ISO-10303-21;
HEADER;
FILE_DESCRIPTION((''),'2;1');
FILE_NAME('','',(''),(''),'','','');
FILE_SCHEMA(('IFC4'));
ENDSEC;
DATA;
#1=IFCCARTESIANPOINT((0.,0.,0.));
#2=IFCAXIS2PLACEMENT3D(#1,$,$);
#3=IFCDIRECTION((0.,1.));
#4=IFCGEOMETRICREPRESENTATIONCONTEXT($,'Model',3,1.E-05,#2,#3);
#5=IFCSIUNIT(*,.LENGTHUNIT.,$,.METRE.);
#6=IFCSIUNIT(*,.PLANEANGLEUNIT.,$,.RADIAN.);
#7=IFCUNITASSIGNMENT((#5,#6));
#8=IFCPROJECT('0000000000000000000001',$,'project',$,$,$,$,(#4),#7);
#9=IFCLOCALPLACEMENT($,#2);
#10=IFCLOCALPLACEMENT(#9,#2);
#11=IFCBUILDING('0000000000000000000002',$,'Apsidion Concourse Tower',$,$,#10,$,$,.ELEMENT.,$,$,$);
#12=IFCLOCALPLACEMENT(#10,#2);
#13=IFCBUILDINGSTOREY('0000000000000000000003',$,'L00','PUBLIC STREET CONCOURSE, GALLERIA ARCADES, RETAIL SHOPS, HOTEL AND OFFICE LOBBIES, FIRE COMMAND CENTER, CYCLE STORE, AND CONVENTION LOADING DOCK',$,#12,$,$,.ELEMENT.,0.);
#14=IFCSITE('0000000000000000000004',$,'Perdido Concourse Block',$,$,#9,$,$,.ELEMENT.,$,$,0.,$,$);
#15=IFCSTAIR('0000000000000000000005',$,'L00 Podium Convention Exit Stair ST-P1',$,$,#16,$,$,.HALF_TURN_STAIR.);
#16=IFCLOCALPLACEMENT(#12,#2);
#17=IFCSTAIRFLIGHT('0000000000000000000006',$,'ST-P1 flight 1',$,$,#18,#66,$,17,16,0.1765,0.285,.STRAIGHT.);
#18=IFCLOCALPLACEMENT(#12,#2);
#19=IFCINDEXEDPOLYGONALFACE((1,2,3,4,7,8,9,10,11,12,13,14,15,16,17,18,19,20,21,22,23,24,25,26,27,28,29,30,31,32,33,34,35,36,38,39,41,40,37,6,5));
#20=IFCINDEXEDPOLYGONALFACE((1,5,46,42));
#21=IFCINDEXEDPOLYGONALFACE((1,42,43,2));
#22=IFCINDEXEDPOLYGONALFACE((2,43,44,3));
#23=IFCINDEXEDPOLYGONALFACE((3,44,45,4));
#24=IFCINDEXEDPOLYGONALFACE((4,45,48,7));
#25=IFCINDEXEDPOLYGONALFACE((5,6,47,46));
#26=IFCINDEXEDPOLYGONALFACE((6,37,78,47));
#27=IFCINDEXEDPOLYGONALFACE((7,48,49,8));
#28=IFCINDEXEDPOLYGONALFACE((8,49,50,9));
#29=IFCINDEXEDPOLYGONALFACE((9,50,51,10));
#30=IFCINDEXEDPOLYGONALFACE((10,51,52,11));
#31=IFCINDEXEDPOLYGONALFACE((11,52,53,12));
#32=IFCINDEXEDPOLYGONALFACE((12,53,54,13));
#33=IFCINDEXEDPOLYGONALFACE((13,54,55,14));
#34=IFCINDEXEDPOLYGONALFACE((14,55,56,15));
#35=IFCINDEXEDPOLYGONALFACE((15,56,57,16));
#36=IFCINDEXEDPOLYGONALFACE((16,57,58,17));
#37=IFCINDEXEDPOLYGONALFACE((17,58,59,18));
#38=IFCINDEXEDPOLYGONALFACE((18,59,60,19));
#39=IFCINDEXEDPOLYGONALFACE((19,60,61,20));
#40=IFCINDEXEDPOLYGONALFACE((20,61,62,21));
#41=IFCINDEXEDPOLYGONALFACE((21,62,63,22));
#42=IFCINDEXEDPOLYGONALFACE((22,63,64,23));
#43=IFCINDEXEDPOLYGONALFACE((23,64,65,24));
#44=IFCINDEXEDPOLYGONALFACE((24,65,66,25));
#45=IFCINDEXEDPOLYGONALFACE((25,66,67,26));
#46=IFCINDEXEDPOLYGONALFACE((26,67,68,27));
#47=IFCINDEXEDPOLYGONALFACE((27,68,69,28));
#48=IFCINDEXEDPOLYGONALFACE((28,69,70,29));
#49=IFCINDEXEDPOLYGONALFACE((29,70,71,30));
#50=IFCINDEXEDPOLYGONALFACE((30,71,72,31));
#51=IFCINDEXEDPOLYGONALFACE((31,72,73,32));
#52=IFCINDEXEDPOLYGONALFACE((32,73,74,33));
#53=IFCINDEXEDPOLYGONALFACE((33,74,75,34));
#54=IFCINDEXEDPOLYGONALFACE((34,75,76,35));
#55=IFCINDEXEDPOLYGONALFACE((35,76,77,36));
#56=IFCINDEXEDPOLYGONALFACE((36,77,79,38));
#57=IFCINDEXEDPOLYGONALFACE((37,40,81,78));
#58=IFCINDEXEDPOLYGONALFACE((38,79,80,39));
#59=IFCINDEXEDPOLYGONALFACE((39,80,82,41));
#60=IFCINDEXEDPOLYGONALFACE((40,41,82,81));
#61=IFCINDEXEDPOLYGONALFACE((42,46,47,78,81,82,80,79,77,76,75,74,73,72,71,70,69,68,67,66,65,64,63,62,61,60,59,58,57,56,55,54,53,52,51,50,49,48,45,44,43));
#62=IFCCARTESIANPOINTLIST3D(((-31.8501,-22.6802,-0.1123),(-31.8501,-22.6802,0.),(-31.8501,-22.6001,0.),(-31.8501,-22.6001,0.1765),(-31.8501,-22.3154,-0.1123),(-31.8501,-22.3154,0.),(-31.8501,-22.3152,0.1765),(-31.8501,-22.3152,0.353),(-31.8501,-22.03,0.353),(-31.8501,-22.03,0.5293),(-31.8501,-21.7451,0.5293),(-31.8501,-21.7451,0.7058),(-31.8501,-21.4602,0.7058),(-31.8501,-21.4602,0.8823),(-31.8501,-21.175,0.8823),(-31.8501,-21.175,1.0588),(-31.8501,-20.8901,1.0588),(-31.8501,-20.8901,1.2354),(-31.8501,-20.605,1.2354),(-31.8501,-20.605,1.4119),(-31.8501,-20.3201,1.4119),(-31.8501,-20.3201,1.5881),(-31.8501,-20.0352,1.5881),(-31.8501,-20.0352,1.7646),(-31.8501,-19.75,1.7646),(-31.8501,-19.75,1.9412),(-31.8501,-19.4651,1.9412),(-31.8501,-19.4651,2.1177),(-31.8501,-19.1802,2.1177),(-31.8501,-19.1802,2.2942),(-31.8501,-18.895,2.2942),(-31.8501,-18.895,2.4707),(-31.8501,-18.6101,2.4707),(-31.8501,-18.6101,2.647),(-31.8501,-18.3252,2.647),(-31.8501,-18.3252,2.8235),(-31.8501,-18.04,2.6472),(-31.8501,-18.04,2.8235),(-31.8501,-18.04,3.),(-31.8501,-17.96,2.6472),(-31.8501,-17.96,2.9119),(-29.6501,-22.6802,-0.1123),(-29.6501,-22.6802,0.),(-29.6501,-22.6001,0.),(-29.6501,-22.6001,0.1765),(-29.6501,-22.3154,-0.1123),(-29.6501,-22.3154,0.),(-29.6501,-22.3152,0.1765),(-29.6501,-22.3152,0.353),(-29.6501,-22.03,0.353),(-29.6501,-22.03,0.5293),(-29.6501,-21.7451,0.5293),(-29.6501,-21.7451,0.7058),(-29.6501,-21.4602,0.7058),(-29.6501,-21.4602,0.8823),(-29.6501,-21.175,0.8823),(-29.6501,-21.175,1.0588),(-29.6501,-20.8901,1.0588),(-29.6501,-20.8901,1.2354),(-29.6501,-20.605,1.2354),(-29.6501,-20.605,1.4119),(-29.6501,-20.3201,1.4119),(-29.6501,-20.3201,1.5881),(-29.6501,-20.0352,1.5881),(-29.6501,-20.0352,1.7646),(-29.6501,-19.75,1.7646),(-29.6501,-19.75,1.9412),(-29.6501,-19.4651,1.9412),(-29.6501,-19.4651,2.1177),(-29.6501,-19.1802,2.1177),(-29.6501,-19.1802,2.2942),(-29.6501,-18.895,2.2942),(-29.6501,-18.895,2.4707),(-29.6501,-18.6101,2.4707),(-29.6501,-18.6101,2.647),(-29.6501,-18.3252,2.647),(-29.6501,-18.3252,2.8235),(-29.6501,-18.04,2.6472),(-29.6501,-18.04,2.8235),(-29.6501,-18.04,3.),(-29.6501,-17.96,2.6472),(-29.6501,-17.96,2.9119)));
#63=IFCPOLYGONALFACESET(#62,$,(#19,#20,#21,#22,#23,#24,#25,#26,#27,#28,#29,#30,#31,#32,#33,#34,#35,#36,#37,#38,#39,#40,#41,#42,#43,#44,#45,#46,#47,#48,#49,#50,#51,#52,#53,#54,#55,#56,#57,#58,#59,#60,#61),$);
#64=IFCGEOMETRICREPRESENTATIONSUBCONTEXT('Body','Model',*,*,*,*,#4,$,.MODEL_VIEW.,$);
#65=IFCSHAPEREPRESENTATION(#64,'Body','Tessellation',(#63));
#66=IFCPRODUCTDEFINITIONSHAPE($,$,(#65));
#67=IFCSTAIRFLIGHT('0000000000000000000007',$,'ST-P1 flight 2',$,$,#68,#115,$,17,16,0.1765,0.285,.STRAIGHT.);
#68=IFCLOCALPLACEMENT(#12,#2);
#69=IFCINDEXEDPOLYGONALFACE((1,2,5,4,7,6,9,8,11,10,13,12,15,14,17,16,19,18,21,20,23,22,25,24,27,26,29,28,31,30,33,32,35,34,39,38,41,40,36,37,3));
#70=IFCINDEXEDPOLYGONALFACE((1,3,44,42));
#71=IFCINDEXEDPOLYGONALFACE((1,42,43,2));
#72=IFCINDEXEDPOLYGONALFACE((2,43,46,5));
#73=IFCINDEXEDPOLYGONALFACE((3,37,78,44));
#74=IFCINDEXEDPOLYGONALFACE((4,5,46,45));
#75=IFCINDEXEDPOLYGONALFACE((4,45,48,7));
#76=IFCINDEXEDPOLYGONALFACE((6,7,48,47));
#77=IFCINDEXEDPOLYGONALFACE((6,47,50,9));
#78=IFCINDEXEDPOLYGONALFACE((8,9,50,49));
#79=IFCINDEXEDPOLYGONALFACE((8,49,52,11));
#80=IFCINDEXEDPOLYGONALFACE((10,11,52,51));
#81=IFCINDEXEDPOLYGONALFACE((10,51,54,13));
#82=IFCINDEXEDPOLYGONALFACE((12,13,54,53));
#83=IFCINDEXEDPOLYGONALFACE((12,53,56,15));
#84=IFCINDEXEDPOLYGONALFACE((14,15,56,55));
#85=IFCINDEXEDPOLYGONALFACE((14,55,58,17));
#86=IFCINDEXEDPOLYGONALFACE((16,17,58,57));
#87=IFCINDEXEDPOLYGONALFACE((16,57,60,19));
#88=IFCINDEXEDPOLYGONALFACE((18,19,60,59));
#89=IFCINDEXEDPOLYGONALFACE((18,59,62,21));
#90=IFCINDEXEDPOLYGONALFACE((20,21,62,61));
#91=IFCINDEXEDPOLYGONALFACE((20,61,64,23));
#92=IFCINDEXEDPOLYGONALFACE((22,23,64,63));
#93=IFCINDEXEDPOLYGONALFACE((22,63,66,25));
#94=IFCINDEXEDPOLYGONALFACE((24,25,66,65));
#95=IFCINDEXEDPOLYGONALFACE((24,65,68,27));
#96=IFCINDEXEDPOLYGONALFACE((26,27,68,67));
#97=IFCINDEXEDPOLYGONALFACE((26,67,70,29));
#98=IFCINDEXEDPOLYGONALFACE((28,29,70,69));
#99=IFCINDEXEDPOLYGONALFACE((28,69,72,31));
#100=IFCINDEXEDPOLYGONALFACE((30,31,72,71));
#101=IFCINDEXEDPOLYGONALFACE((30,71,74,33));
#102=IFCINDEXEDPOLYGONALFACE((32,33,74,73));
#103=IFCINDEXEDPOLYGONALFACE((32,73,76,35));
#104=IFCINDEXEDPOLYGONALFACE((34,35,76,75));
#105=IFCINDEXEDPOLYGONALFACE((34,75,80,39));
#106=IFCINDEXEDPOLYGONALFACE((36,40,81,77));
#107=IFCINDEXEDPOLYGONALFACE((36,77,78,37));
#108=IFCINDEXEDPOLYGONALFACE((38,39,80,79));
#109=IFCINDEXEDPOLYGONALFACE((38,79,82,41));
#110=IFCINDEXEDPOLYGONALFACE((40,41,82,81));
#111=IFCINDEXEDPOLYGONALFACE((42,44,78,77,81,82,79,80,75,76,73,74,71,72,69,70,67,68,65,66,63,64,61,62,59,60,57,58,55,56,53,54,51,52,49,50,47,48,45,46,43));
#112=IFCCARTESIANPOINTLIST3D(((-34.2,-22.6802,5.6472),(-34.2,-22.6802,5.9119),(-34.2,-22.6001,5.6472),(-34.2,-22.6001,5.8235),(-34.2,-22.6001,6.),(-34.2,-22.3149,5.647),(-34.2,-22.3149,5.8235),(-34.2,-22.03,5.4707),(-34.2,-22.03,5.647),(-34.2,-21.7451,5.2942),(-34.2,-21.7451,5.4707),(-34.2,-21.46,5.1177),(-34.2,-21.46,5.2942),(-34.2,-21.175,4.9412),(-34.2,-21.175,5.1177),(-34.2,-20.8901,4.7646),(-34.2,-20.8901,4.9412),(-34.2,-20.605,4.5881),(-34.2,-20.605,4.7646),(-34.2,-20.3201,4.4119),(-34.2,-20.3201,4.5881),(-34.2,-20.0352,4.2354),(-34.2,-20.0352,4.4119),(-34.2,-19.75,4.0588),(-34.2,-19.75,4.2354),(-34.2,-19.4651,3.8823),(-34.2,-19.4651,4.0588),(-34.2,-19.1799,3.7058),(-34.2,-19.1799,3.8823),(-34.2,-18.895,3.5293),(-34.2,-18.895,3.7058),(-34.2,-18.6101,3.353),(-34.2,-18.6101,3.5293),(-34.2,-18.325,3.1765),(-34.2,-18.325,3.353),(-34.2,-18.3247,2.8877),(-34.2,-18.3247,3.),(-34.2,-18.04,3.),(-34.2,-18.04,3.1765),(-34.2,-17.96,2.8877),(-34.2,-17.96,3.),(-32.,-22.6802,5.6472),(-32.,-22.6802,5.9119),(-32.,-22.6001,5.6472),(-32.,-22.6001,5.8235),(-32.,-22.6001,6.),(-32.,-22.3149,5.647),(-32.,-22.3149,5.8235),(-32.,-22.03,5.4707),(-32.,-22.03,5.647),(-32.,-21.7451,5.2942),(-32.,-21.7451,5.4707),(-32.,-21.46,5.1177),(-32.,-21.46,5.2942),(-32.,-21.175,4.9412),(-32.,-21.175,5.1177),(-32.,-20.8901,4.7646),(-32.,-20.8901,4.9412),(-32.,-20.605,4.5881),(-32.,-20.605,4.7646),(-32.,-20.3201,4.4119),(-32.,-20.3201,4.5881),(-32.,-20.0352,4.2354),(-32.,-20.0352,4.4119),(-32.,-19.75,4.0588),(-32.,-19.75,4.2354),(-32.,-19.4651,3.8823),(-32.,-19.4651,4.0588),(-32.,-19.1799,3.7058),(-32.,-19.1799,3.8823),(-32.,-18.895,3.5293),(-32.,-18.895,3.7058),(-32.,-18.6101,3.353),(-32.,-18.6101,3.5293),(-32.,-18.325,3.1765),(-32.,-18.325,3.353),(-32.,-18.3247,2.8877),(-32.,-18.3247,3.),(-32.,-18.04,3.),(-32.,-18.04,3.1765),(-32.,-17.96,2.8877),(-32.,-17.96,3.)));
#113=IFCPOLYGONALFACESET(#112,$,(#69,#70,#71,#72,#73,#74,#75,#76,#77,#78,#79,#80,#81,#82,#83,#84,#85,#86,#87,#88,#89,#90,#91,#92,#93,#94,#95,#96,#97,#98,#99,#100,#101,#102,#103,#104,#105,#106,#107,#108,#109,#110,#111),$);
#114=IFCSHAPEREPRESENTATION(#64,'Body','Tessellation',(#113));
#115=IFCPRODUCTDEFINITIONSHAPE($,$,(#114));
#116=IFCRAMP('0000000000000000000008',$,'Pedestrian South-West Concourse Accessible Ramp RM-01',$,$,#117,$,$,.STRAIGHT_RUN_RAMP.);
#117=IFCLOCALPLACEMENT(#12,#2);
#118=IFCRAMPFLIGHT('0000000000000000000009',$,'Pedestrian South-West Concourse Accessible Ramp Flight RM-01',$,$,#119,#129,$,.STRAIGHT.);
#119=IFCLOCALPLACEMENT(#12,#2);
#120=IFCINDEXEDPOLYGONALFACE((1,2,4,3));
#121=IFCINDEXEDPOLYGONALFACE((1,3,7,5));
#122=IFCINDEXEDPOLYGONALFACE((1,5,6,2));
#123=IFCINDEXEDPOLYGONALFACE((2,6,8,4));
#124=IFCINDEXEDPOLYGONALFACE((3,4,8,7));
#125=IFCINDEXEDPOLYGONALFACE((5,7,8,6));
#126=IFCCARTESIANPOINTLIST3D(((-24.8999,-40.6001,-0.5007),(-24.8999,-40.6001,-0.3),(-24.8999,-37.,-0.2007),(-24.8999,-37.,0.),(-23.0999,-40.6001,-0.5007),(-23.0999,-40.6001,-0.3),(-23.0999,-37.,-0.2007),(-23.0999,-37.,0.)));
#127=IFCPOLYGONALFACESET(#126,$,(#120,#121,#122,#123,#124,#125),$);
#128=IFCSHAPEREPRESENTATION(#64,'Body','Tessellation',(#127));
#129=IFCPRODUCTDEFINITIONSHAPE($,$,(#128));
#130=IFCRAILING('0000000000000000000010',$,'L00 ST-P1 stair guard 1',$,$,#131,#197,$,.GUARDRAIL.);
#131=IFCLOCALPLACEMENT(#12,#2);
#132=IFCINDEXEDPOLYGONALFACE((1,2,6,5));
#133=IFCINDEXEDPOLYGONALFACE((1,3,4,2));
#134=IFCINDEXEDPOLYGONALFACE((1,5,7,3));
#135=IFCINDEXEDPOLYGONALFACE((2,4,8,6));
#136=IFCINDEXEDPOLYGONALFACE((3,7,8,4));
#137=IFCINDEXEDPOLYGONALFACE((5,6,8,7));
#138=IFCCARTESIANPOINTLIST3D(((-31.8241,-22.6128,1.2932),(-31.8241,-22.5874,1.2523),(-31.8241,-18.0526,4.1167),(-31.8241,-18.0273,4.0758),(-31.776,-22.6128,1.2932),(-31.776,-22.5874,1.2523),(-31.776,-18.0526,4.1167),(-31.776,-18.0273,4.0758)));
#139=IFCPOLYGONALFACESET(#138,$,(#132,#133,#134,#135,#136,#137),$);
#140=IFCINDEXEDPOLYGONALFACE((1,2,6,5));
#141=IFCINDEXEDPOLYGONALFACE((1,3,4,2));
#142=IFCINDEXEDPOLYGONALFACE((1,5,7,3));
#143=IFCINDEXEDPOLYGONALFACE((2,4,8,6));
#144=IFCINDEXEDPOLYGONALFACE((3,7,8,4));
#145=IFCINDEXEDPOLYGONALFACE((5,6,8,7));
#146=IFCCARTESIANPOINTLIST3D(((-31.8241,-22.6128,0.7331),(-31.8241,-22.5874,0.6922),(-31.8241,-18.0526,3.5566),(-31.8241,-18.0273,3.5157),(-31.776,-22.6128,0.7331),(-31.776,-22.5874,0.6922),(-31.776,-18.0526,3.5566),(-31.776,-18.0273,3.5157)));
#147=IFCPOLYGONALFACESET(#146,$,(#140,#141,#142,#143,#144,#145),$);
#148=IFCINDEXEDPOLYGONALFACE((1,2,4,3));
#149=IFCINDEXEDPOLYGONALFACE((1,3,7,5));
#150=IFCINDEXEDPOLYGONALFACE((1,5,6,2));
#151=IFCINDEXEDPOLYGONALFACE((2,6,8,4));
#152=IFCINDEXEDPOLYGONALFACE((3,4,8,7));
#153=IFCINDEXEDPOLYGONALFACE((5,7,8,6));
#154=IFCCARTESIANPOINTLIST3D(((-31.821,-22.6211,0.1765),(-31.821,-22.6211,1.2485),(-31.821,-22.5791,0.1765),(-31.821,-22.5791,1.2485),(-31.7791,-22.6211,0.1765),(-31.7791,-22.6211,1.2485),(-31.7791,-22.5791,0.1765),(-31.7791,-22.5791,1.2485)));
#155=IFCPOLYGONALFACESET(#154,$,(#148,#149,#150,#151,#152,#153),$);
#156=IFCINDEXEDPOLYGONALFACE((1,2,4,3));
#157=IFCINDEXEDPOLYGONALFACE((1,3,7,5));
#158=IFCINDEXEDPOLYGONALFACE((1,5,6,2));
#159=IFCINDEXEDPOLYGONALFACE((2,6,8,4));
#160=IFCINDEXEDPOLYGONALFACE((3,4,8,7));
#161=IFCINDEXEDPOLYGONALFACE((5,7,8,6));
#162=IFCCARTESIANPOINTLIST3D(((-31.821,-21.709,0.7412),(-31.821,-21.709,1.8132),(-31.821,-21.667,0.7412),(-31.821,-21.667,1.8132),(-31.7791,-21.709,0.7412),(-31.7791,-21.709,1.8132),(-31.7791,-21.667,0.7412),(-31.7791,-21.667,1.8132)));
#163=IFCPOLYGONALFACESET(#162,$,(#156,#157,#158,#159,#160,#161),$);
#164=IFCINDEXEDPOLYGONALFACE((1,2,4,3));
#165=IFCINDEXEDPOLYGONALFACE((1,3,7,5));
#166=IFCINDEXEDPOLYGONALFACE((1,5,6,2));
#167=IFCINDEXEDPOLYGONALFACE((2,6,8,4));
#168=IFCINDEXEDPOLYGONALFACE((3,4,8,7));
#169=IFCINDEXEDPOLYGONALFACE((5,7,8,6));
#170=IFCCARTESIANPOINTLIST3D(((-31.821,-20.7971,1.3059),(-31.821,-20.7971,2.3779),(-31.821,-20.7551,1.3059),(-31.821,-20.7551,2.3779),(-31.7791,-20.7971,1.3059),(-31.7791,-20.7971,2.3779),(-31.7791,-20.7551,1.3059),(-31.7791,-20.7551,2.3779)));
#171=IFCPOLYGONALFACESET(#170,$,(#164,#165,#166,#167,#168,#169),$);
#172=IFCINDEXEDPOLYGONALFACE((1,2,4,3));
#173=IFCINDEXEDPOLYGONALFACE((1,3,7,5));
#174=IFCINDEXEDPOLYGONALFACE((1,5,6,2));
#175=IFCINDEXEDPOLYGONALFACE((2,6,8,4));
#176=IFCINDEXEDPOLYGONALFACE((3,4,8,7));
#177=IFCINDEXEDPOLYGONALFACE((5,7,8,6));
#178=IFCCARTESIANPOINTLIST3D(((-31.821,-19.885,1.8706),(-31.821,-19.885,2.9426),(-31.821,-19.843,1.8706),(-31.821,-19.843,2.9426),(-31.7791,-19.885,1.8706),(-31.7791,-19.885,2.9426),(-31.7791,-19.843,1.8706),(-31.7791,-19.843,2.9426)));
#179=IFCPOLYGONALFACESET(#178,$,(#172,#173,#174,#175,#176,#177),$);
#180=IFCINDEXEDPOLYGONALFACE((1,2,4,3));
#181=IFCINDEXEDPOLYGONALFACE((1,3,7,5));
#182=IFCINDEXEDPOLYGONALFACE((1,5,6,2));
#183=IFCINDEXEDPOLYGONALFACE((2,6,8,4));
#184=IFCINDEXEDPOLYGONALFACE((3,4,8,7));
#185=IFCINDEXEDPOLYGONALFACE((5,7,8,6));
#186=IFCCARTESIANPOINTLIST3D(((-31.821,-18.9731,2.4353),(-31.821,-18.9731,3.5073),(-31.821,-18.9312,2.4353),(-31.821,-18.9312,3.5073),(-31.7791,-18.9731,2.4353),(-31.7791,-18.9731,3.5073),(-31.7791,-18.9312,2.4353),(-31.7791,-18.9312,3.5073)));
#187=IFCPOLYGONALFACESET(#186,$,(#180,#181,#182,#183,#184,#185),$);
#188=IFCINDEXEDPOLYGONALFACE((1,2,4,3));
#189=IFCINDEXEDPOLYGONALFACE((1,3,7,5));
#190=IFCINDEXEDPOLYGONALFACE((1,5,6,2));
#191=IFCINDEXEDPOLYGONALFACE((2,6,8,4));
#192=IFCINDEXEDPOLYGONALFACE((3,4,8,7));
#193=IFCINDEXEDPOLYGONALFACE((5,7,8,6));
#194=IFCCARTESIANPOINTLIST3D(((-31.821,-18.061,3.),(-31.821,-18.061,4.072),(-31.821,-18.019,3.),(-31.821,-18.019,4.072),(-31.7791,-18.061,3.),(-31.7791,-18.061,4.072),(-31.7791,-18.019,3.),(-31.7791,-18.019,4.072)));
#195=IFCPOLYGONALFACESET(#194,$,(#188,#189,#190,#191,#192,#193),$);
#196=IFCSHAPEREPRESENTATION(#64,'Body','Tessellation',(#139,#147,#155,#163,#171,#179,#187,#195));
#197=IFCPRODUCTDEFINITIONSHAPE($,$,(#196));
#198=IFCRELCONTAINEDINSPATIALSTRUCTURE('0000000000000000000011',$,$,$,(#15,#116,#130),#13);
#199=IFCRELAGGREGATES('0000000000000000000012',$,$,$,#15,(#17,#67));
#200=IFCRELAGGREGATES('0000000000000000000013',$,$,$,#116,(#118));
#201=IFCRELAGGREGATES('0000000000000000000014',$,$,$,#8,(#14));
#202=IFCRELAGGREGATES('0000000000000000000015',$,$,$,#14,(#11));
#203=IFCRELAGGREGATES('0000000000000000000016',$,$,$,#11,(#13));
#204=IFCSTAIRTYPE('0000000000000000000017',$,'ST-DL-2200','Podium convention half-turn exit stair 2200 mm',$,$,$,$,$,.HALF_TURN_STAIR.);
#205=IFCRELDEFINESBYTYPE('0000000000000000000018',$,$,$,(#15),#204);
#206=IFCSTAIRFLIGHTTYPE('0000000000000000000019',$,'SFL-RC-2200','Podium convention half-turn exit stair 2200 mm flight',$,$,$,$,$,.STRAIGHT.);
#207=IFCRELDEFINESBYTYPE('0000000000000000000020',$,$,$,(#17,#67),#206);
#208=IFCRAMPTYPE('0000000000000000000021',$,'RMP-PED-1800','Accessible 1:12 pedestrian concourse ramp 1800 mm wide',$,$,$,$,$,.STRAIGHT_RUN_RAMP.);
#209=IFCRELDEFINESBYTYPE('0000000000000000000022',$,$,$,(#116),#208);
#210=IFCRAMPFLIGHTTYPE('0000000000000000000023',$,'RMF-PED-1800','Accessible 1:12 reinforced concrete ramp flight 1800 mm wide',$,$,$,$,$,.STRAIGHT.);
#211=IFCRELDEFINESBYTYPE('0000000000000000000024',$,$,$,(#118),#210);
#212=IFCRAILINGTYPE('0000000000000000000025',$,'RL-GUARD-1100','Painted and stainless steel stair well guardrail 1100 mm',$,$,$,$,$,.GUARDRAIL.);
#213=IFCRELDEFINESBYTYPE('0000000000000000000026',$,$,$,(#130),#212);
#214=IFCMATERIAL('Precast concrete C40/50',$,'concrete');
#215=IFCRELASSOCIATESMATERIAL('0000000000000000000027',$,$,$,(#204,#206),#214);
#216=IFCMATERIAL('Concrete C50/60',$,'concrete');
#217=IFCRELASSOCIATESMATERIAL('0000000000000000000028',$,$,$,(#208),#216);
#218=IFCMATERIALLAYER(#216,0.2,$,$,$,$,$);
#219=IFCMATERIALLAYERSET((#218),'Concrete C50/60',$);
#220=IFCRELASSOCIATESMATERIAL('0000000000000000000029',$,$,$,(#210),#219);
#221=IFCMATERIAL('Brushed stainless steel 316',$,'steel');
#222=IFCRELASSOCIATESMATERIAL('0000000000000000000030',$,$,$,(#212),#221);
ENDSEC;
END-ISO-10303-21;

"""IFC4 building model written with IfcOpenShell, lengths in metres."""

from ifc_helpers import new_model, si_unit, direction, frame, origin, origin_2d, place, context, subcontext, project, spatial, polyline, rectangle, outline, extrude, material, layer, layer_set, type_object, element, aggregate, save


model = new_model("IFC4")

# Units and contexts
model_context = context("Model", 3, precision=1e-05, world=origin(), true_north=direction((0.0, 1.0)))
body_context = subcontext(model_context, "Body", "Model", "MODEL_VIEW")
ifc_project = project(units=[si_unit("LENGTHUNIT", "METRE"), si_unit("PLANEANGLEUNIT", "RADIAN")], contexts=[model_context])

# Site, building, storey
site_placement = place(None, origin())
site = spatial("IfcSite", under=ifc_project, at=site_placement, Name="Perdido Concourse Block", CompositionType="ELEMENT", RefElevation=0.0)
building_placement = place(site_placement, origin())
building = spatial("IfcBuilding", under=site, at=building_placement, Name="Apsidion Concourse Tower", CompositionType="ELEMENT")
storey_placement = place(building_placement, origin())
storey = spatial("IfcBuildingStorey", under=building, at=storey_placement, Name="L00", Description="PUBLIC STREET CONCOURSE, GALLERIA ARCADES, RETAIL SHOPS, HOTEL AND OFFICE LOBBIES, FIRE COMMAND CENTER, CYCLE STORE, AND CONVENTION LOADING DOCK", CompositionType="ELEMENT", Elevation=0.0)

# Shared definitions
ifc_material_1 = material(Name="Precast concrete C40/50", Category="concrete")

# Shared definitions
ifc_material_2 = material(Name="Brushed stainless steel 316", Category="steel")

# Shared definitions
ifc_material_3 = material(Name="Concrete C50/60", Category="concrete")

# Stair, stair flights
stair_type = type_object("IfcStairType", Name="ST-DL-2200", Description="Podium convention half-turn exit stair 2200 mm", PredefinedType="HALF_TURN_STAIR", material=ifc_material_1)
stair_placement = place(storey_placement, origin())
stair = element("IfcStair", 1, at=stair_placement, inside=storey, type_object=stair_type, Name="L00 Podium Convention Exit Stair ST-P1", PredefinedType="HALF_TURN_STAIR")
stair_flight_type = type_object("IfcStairFlightType", Name="SFL-RC-2200", Description="Podium convention half-turn exit stair 2200 mm flight", PredefinedType="STRAIGHT", material=ifc_material_1)
stair_flight_1_placement = place(storey_placement, frame((-30.75, -22.6001, 0.0), z_axis=(0.0, 0.0, 1.0), x_axis=(0.0, 1.0, 0.0)))
stair_flight_1 = element("IfcStairFlight", 2, at=stair_flight_1_placement, type_object=stair_flight_type, Name="ST-P1 flight 1", NumberOfRisers=17, NumberOfTreads=16, PredefinedType="STRAIGHT", RiserHeight=0.1765, TreadLength=0.285, context=body_context, shape_type="SweptSolid", body=[
    extrude(outline(polyline([(-0.0801, -0.1123), (-0.0801, 0.0), (0.0, 0.0), (0.0, 0.1765), (0.2849, 0.1765), (0.2849, 0.353), (0.5701, 0.353), (0.5701, 0.5293), (0.855, 0.5293), (0.855, 0.7058), (1.1399, 0.7058), (1.1399, 0.8823), (1.425, 0.8823), (1.425, 1.0588), (1.71, 1.0588), (1.71, 1.2354), (1.9951, 1.2354), (1.9951, 1.4119), (2.28, 1.4119), (2.28, 1.5881), (2.5649, 1.5881), (2.5649, 1.7646), (2.8501, 1.7646), (2.8501, 1.9412), (3.135, 1.9412), (3.135, 2.1177), (3.4199, 2.1177), (3.4199, 2.2942), (3.7051, 2.2942), (3.7051, 2.4707), (3.99, 2.4707), (3.99, 2.647), (4.2749, 2.647), (4.2749, 2.8235), (4.5601, 2.8235), (4.5601, 3.0), (4.6401, 2.9119), (4.6401, 2.6472), (4.5601, 2.6472), (0.2847, 0.0), (0.2847, -0.1123), (-0.0801, -0.1123)])), frame((0.0, 1.1001, 0.0), z_axis=(0.0, -1.0, 0.0), x_axis=(1.0, 0.0, 0.0)), (0.0, 0.0, 1.0), 2.2),
])
stair_flight_2_placement = place(storey_placement, frame((-33.1001, -18.04, 3.0), z_axis=(0.0, 0.0, 1.0), x_axis=(0.0, -1.0, 0.0)))
stair_flight_2 = element("IfcStairFlight", 3, at=stair_flight_2_placement, type_object=stair_flight_type, Name="ST-P1 flight 2", NumberOfRisers=17, NumberOfTreads=16, PredefinedType="STRAIGHT", RiserHeight=0.1765, TreadLength=0.285, context=body_context, shape_type="SweptSolid", body=[
    extrude(outline(polyline([(-0.0801, -0.1123), (-0.0801, 0.0), (0.0, 0.0), (0.0, 0.1765), (0.2849, 0.1765), (0.2849, 0.353), (0.5701, 0.353), (0.5701, 0.5293), (0.855, 0.5293), (0.855, 0.7058), (1.1399, 0.7058), (1.1399, 0.8823), (1.425, 0.8823), (1.425, 1.0588), (1.71, 1.0588), (1.71, 1.2354), (1.9951, 1.2354), (1.9951, 1.4119), (2.28, 1.4119), (2.28, 1.5881), (2.5649, 1.5881), (2.5649, 1.7646), (2.8501, 1.7646), (2.8501, 1.9412), (3.135, 1.9412), (3.135, 2.1177), (3.4199, 2.1177), (3.4199, 2.2942), (3.7051, 2.2942), (3.7051, 2.4707), (3.99, 2.4707), (3.99, 2.647), (4.2749, 2.647), (4.2749, 2.8235), (4.5601, 2.8235), (4.5601, 3.0), (4.6401, 2.9119), (4.6401, 2.6472), (4.5601, 2.6472), (0.2847, 0.0), (0.2847, -0.1123), (-0.0801, -0.1123)])), frame((0.0, 1.1001, 0.0), z_axis=(0.0, -1.0, 0.0), x_axis=(1.0, 0.0, 0.0)), (0.0, 0.0, 1.0), 2.2),
])
aggregate(stair, [stair_flight_1, stair_flight_2])

# Ramp, ramp flight
ramp_type = type_object("IfcRampType", Name="RMP-PED-1800", Description="Accessible 1:12 pedestrian concourse ramp 1800 mm wide", PredefinedType="STRAIGHT_RUN_RAMP", material=ifc_material_3)
ramp_placement = place(storey_placement, origin())
ramp = element("IfcRamp", 4, at=ramp_placement, inside=storey, type_object=ramp_type, Name="Pedestrian South-West Concourse Accessible Ramp RM-01", PredefinedType="STRAIGHT_RUN_RAMP")
ifc_layer_1 = layer(ifc_material_3, 0.2)
ifc_layer_set_1 = layer_set([ifc_layer_1], Name="Concrete C50/60")
ramp_flight_type = type_object("IfcRampFlightType", Name="RMF-PED-1800", Description="Accessible 1:12 reinforced concrete ramp flight 1800 mm wide", PredefinedType="STRAIGHT", material=ifc_layer_set_1)
ramp_flight_placement = place(storey_placement, frame((-24.0, -40.6001, -0.3), z_axis=(0.0, 0.0, 1.0), x_axis=(0.0, 1.0, 0.0)))
ramp_flight = element("IfcRampFlight", 5, at=ramp_flight_placement, type_object=ramp_flight_type, Name="Pedestrian South-West Concourse Accessible Ramp Flight RM-01", PredefinedType="STRAIGHT", context=body_context, shape_type="SweptSolid", body=[
    extrude(outline(polyline([(0.0, 0.0), (3.6001, 0.3), (3.6001, 0.0994), (0.0, -0.2007), (0.0, 0.0)])), frame((0.0, 0.8999, 0.0), z_axis=(0.0, -1.0, 0.0), x_axis=(1.0, 0.0, 0.0)), (0.0, 0.0, 1.0), 1.8),
])
aggregate(ramp, [ramp_flight])

# Railing
railing_type_1 = type_object("IfcRailingType", Name="RL-GUARD-1100", Description="Painted and stainless steel stair well guardrail 1100 mm", PredefinedType="GUARDRAIL", material=ifc_material_2)
railing_1_placement = place(storey_placement, frame((-31.8, -22.6001, 0.1765)))
element("IfcRailing", 6, at=railing_1_placement, inside=storey, type_object=railing_type_1, Name="L00 ST-P1 stair guard 1", PredefinedType="GUARDRAIL", context=body_context, shape_type="SweptSolid", body=[
    extrude(rectangle(XDim=0.0481, YDim=0.0481, at=origin_2d()), frame((0.0, 0.0, 1.0962), z_axis=(0.0, 0.850216, 0.526435), x_axis=(-1.0, 0.0, 0.0)), (0.0, 0.0, 1.0), 5.3635),
    extrude(rectangle(XDim=0.0481, YDim=0.0481, at=origin_2d()), frame((0.0, 0.0, 0.5361), z_axis=(0.0, 0.850216, 0.526435), x_axis=(-1.0, 0.0, 0.0)), (0.0, 0.0, 1.0), 5.3635),
    extrude(rectangle(XDim=0.042, YDim=0.042, at=origin_2d()), origin(), (0.0, 0.0, 1.0), 1.072),
    extrude(rectangle(XDim=0.042, YDim=0.042, at=origin_2d()), frame((0.0, 0.9121, 0.5647)), (0.0, 0.0, 1.0), 1.072),
    extrude(rectangle(XDim=0.042, YDim=0.042, at=origin_2d()), frame((0.0, 1.824, 1.1294)), (0.0, 0.0, 1.0), 1.072),
    extrude(rectangle(XDim=0.042, YDim=0.042, at=origin_2d()), frame((0.0, 2.7361, 1.6941)), (0.0, 0.0, 1.0), 1.072),
    extrude(rectangle(XDim=0.042, YDim=0.042, at=origin_2d()), frame((0.0, 3.6479, 2.2588)), (0.0, 0.0, 1.0), 1.072),
    extrude(rectangle(XDim=0.042, YDim=0.042, at=origin_2d()), frame((0.0, 4.5601, 2.8235)), (0.0, 0.0, 1.0), 1.072),
])

save(model, "model.ifc")
